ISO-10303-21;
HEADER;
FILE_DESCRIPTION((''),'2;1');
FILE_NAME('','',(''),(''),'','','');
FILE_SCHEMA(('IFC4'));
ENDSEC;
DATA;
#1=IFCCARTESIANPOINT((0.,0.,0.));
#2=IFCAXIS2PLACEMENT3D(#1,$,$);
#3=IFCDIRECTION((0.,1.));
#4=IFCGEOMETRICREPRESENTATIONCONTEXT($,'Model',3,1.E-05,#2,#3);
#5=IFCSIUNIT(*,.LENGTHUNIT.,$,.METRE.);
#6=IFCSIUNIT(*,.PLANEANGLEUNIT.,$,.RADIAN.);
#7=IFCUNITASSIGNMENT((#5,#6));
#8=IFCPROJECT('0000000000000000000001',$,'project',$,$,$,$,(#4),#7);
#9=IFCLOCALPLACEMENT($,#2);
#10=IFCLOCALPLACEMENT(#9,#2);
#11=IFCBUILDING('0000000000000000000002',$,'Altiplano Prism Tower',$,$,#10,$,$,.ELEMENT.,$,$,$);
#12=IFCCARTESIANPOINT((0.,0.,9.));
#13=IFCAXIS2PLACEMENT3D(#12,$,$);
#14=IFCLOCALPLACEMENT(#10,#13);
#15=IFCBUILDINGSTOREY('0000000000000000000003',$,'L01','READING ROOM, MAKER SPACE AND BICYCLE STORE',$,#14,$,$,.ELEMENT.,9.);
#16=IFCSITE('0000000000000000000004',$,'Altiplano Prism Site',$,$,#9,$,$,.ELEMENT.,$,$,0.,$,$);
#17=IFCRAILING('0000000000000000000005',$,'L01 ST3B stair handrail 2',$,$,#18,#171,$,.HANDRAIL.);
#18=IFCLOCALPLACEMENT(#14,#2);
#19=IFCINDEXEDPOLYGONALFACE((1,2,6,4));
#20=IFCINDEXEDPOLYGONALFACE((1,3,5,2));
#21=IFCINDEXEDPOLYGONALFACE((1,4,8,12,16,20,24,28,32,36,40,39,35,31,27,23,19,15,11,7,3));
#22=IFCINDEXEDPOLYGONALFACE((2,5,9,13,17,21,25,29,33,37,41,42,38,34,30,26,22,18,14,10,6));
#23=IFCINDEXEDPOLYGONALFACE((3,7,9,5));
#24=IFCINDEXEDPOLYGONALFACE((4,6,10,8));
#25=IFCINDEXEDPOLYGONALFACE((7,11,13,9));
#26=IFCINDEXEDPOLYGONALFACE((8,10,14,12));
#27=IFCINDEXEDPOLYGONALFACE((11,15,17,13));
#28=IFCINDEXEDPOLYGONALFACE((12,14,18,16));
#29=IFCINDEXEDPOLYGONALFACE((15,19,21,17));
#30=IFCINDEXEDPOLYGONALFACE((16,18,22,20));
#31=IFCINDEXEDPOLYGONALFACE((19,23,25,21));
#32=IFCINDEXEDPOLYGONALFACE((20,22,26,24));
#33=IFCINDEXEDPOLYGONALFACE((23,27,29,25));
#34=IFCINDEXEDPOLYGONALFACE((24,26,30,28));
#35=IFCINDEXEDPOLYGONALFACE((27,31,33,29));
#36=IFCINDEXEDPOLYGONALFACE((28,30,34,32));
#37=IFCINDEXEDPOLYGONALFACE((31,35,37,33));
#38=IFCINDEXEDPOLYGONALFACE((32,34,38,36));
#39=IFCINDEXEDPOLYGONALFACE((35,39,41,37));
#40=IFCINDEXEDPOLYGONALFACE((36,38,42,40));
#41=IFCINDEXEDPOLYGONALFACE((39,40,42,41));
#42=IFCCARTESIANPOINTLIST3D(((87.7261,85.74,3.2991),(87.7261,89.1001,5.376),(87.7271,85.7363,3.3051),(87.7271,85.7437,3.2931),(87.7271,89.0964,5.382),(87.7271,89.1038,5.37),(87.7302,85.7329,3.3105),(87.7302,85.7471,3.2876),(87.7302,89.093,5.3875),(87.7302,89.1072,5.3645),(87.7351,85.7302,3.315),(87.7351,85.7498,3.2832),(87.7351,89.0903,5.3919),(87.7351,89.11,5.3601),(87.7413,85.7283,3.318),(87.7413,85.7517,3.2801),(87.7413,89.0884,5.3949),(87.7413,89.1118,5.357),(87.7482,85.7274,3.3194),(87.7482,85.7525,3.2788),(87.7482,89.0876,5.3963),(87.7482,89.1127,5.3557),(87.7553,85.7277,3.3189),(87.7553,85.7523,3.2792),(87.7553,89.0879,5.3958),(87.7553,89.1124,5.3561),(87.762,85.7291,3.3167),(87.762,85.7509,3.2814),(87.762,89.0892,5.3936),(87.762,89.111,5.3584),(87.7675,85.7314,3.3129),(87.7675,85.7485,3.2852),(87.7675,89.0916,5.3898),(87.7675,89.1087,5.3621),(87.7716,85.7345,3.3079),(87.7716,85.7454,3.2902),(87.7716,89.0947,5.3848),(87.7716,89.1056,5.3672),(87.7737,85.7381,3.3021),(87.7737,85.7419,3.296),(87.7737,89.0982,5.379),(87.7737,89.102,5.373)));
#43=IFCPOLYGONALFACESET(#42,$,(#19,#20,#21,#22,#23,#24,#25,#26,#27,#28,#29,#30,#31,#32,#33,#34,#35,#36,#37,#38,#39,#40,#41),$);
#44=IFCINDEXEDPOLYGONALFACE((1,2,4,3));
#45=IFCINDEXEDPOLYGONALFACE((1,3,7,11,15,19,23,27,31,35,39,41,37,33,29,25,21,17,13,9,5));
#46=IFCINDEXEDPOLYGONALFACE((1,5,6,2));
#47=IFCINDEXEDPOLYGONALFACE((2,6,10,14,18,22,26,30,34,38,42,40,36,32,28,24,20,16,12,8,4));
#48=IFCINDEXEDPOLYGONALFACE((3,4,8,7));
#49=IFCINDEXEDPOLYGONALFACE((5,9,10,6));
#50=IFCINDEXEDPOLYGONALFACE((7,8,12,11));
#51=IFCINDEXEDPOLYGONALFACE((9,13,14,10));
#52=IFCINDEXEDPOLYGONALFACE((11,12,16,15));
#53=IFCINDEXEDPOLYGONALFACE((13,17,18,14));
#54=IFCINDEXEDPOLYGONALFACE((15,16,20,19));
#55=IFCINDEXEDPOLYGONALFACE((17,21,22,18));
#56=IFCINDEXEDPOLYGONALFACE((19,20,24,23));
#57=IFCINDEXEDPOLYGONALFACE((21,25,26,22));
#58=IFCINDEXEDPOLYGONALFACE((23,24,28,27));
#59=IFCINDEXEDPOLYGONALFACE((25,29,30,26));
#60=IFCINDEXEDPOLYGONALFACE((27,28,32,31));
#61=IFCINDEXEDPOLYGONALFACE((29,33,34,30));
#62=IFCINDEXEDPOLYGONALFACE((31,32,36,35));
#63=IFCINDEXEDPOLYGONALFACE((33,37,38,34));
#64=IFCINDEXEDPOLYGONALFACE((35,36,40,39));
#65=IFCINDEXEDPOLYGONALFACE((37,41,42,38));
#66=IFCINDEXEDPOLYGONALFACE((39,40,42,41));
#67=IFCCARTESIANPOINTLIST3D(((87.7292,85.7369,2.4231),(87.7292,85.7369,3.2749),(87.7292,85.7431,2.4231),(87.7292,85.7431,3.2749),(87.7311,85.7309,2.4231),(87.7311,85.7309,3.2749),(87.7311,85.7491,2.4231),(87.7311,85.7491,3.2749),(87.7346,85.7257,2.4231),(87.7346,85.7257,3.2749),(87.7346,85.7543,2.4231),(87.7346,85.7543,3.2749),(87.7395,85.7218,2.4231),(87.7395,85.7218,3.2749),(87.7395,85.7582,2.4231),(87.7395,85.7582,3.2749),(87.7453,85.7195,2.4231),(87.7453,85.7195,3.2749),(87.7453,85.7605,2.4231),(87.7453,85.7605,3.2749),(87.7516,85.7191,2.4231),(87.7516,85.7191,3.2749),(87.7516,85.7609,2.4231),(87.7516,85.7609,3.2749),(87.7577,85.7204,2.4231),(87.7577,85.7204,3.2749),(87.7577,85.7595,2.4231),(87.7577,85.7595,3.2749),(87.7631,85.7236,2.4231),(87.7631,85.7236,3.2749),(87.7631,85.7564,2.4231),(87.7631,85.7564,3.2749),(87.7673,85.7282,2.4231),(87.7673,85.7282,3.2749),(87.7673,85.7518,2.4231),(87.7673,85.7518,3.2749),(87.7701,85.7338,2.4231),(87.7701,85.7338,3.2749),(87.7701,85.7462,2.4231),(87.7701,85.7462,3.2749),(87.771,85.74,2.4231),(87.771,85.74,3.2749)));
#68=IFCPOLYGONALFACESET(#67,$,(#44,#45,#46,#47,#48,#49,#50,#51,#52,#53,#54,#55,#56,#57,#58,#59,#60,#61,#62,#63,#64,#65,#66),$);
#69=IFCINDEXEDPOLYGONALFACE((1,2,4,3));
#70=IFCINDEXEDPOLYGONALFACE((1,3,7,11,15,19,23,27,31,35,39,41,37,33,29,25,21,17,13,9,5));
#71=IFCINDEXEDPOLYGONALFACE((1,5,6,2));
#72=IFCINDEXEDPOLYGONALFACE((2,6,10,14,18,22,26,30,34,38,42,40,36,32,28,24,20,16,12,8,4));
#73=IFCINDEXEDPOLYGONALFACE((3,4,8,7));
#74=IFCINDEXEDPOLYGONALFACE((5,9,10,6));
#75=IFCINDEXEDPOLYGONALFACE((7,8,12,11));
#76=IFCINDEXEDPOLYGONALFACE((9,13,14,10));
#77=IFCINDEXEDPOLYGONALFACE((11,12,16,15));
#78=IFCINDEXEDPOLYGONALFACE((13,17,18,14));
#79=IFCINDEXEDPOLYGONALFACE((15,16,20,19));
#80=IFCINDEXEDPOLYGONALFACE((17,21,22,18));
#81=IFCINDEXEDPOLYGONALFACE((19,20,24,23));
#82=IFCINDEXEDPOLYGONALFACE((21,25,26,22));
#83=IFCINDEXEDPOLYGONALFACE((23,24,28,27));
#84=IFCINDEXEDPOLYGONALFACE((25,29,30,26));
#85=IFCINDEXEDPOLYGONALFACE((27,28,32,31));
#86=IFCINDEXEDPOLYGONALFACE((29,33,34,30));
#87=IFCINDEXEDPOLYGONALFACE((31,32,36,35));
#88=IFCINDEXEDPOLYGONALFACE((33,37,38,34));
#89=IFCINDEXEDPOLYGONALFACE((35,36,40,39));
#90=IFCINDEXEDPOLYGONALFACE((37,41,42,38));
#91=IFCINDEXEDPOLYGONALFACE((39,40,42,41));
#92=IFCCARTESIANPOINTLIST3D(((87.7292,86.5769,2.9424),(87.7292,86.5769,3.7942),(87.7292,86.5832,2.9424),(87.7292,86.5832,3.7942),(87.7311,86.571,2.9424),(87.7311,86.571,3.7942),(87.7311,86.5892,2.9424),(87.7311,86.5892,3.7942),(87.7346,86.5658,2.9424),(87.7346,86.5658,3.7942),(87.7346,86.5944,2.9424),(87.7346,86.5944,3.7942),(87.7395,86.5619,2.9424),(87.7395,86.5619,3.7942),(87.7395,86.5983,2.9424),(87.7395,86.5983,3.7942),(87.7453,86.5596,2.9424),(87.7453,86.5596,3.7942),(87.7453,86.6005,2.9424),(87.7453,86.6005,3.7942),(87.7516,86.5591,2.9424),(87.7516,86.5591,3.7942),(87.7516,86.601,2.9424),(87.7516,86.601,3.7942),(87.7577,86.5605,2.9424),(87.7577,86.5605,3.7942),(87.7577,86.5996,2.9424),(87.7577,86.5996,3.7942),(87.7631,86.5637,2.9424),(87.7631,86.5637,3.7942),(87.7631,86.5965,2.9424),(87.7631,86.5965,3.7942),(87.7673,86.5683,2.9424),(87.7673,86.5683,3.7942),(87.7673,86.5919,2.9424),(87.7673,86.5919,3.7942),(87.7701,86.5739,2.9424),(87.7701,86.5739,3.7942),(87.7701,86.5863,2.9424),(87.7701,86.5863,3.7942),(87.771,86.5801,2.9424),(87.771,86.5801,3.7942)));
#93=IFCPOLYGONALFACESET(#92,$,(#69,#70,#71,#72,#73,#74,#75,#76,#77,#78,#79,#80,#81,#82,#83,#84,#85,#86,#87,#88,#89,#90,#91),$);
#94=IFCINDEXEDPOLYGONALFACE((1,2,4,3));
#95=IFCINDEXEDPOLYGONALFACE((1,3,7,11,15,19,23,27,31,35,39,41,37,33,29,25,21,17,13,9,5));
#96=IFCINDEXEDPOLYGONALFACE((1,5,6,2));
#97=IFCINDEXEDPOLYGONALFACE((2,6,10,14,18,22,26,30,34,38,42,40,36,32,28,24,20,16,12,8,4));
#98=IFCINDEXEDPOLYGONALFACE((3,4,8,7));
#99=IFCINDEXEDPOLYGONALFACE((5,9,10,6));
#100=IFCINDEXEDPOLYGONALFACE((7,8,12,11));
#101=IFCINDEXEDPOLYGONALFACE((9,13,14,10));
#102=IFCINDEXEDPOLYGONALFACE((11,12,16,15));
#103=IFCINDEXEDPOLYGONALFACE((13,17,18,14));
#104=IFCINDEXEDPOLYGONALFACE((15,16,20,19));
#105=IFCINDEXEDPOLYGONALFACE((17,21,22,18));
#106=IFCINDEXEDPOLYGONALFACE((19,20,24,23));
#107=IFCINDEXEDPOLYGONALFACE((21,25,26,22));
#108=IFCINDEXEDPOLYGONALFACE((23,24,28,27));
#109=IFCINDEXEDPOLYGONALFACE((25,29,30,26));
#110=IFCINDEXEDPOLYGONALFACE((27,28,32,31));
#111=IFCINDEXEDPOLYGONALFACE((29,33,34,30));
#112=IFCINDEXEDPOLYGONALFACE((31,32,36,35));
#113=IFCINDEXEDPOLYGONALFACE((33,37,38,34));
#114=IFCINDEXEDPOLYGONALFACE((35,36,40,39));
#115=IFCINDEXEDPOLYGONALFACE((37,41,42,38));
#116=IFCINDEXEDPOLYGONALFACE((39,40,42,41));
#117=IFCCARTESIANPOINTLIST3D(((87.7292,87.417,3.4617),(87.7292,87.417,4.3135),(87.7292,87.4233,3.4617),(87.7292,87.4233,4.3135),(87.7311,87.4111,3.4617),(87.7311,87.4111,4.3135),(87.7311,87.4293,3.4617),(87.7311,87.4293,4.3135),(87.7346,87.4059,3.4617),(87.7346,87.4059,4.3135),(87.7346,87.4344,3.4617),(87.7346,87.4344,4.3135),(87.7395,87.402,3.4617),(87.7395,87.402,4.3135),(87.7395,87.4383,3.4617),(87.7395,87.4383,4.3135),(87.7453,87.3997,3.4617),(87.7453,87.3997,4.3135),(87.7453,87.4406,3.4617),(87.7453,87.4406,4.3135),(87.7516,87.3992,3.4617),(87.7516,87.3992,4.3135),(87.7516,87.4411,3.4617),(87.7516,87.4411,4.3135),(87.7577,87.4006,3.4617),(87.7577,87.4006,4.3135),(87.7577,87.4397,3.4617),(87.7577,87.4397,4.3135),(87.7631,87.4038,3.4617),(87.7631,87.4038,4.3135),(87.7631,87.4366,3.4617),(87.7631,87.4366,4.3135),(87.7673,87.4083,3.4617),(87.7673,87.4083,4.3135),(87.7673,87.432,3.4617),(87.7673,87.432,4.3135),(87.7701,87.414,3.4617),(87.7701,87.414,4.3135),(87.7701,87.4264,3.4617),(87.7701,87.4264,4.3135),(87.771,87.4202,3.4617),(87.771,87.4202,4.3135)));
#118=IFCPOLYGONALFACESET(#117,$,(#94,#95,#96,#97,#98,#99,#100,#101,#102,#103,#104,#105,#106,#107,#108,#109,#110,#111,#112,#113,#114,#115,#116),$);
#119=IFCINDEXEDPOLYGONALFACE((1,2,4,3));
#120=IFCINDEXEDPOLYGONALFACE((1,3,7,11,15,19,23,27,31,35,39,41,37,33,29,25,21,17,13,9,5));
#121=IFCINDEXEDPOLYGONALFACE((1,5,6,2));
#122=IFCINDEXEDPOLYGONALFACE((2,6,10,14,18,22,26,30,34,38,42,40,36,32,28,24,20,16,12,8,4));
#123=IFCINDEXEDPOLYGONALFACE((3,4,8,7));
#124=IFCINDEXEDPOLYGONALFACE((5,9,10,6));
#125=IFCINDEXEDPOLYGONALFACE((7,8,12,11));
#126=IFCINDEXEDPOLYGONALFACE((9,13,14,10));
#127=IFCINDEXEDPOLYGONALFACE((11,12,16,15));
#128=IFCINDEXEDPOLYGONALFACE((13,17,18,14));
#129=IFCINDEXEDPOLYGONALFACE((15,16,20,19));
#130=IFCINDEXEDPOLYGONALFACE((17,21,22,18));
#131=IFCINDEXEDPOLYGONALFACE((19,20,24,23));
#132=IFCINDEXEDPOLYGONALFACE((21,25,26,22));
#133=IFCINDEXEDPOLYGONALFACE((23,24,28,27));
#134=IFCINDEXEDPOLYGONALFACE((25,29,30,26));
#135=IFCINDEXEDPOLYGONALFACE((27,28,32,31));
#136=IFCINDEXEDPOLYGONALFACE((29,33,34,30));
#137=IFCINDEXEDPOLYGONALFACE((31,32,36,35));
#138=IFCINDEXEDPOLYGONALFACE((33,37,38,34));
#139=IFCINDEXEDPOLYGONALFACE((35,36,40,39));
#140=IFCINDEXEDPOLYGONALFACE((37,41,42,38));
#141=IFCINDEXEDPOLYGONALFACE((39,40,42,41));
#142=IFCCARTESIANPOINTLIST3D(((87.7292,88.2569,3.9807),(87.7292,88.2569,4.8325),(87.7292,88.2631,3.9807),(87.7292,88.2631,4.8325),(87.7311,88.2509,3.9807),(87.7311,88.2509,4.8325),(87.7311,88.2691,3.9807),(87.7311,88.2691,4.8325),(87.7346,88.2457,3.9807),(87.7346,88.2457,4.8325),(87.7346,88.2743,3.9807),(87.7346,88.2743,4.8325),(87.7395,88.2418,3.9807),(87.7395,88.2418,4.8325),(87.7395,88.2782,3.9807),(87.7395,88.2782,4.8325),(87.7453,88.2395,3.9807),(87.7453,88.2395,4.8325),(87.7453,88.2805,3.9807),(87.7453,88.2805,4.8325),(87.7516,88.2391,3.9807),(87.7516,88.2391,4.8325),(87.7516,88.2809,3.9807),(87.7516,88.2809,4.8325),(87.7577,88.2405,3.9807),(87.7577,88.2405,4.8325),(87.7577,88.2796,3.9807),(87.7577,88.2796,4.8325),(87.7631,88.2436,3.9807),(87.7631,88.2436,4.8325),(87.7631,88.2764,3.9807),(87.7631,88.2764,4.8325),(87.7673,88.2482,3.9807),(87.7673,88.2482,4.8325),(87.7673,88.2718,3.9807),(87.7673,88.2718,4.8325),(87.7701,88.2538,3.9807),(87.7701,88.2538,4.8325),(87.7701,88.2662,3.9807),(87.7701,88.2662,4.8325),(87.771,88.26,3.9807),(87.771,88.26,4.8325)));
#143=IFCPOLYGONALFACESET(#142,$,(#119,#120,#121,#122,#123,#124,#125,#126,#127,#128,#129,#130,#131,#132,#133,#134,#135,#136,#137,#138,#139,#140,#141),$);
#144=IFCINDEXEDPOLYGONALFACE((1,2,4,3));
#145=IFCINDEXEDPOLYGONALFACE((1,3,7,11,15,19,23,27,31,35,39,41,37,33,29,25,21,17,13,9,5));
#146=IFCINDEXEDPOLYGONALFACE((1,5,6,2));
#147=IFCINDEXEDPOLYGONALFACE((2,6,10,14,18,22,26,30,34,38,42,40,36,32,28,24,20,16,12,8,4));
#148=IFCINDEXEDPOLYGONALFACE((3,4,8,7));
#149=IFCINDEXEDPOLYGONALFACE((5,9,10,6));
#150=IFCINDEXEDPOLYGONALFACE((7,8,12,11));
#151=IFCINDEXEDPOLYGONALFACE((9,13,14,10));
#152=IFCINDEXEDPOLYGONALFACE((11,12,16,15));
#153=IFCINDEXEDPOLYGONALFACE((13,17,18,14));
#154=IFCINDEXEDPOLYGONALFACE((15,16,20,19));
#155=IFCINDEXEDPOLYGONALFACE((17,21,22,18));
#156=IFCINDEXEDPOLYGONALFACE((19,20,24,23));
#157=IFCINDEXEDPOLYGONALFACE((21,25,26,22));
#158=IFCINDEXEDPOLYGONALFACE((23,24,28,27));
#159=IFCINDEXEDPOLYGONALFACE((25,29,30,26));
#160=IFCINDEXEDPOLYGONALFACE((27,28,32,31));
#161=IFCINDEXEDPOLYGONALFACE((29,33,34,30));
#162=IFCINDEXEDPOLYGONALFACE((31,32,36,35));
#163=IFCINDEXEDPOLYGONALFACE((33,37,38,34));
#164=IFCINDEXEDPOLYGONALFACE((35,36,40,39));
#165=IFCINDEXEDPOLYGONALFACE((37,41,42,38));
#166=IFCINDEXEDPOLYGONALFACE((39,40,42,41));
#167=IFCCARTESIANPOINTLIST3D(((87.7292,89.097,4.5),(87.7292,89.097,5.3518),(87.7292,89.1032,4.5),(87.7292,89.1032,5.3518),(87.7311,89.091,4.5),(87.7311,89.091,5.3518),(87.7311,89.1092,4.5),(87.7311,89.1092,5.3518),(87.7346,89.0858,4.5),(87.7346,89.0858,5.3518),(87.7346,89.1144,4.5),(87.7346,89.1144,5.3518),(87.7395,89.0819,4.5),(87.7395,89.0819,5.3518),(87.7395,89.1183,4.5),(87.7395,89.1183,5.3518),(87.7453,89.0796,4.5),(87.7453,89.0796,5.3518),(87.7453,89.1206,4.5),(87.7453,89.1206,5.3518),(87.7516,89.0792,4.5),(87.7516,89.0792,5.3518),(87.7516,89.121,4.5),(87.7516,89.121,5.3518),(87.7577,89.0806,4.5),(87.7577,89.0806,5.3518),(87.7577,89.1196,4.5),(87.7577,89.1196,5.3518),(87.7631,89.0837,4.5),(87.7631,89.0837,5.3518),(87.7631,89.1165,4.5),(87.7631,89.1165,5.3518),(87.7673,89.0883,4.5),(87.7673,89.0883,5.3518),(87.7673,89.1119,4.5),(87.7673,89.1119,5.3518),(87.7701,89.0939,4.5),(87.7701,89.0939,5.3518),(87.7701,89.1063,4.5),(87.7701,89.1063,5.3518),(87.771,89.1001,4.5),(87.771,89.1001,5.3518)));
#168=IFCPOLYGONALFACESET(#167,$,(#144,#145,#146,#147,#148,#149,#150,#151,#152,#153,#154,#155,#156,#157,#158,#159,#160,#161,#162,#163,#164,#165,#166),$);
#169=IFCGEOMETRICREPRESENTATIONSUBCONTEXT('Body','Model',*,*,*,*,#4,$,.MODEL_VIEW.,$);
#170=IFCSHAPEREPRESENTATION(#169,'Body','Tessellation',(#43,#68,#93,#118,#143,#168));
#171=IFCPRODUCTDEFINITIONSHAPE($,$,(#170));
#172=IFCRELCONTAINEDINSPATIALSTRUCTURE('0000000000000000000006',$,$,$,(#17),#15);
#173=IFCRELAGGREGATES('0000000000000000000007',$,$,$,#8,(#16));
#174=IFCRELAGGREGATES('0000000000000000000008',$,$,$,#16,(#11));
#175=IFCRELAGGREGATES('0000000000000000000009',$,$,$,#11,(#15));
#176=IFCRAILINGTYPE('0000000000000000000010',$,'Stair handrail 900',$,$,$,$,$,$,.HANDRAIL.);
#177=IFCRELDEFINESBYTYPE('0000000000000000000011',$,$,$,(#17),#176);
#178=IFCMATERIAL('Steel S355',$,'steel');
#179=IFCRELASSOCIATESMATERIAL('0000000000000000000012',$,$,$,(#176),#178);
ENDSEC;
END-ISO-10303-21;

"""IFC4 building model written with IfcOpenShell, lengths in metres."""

from ifc_helpers import new_model, si_unit, direction, frame, origin, origin_2d, place, context, subcontext, project, spatial, circle, extrude, material, type_object, element, save


model = new_model("IFC4")

# Units and contexts
model_context = context("Model", 3, precision=1e-05, world=origin(), true_north=direction((0.0, 1.0)))
body_context = subcontext(model_context, "Body", "Model", "MODEL_VIEW")
ifc_project = project(units=[si_unit("LENGTHUNIT", "METRE"), si_unit("PLANEANGLEUNIT", "RADIAN")], contexts=[model_context])

# Site, building, storey
site_placement = place(None, origin())
site = spatial("IfcSite", under=ifc_project, at=site_placement, Name="Altiplano Prism Site", CompositionType="ELEMENT", RefElevation=0.0)
building_placement = place(site_placement, origin())
building = spatial("IfcBuilding", under=site, at=building_placement, Name="Altiplano Prism Tower", CompositionType="ELEMENT")
storey_placement = place(building_placement, frame((0.0, 0.0, 9.0)))
storey = spatial("IfcBuildingStorey", under=building, at=storey_placement, Name="L01", Description="READING ROOM, MAKER SPACE AND BICYCLE STORE", CompositionType="ELEMENT", Elevation=9.0)

# Railing
ifc_material_1 = material(Name="Steel S355", Category="steel")
railing_type_1 = type_object("IfcRailingType", Name="Stair handrail 900", PredefinedType="HANDRAIL", material=ifc_material_1)
railing_1_placement = place(storey_placement, frame((87.75, 85.74, 2.4231)))
element("IfcRailing", 1, at=railing_1_placement, inside=storey, type_object=railing_type_1, Name="L01 ST3B stair handrail 2", PredefinedType="HANDRAIL", context=body_context, shape_type="SweptSolid", body=[
    extrude(circle(Radius=0.0239, at=origin_2d()), frame((0.0, 0.0, 0.876), z_axis=(0.0, 0.850623, 0.525776), x_axis=(-1.0, 0.0, 0.0)), (0.0, 0.0, 1.0), 3.9502),
    extrude(circle(Radius=0.021, at=origin_2d()), origin(), (0.0, 0.0, 1.0), 0.8518),
    extrude(circle(Radius=0.021, at=origin_2d()), frame((0.0, 0.8401, 0.5193)), (0.0, 0.0, 1.0), 0.8518),
    extrude(circle(Radius=0.021, at=origin_2d()), frame((0.0, 1.6802, 1.0386)), (0.0, 0.0, 1.0), 0.8518),
    extrude(circle(Radius=0.021, at=origin_2d()), frame((0.0, 2.52, 1.5576)), (0.0, 0.0, 1.0), 0.8518),
    extrude(circle(Radius=0.021, at=origin_2d()), frame((0.0, 3.3601, 2.0769)), (0.0, 0.0, 1.0), 0.8518),
])

save(model, "model.ifc")
